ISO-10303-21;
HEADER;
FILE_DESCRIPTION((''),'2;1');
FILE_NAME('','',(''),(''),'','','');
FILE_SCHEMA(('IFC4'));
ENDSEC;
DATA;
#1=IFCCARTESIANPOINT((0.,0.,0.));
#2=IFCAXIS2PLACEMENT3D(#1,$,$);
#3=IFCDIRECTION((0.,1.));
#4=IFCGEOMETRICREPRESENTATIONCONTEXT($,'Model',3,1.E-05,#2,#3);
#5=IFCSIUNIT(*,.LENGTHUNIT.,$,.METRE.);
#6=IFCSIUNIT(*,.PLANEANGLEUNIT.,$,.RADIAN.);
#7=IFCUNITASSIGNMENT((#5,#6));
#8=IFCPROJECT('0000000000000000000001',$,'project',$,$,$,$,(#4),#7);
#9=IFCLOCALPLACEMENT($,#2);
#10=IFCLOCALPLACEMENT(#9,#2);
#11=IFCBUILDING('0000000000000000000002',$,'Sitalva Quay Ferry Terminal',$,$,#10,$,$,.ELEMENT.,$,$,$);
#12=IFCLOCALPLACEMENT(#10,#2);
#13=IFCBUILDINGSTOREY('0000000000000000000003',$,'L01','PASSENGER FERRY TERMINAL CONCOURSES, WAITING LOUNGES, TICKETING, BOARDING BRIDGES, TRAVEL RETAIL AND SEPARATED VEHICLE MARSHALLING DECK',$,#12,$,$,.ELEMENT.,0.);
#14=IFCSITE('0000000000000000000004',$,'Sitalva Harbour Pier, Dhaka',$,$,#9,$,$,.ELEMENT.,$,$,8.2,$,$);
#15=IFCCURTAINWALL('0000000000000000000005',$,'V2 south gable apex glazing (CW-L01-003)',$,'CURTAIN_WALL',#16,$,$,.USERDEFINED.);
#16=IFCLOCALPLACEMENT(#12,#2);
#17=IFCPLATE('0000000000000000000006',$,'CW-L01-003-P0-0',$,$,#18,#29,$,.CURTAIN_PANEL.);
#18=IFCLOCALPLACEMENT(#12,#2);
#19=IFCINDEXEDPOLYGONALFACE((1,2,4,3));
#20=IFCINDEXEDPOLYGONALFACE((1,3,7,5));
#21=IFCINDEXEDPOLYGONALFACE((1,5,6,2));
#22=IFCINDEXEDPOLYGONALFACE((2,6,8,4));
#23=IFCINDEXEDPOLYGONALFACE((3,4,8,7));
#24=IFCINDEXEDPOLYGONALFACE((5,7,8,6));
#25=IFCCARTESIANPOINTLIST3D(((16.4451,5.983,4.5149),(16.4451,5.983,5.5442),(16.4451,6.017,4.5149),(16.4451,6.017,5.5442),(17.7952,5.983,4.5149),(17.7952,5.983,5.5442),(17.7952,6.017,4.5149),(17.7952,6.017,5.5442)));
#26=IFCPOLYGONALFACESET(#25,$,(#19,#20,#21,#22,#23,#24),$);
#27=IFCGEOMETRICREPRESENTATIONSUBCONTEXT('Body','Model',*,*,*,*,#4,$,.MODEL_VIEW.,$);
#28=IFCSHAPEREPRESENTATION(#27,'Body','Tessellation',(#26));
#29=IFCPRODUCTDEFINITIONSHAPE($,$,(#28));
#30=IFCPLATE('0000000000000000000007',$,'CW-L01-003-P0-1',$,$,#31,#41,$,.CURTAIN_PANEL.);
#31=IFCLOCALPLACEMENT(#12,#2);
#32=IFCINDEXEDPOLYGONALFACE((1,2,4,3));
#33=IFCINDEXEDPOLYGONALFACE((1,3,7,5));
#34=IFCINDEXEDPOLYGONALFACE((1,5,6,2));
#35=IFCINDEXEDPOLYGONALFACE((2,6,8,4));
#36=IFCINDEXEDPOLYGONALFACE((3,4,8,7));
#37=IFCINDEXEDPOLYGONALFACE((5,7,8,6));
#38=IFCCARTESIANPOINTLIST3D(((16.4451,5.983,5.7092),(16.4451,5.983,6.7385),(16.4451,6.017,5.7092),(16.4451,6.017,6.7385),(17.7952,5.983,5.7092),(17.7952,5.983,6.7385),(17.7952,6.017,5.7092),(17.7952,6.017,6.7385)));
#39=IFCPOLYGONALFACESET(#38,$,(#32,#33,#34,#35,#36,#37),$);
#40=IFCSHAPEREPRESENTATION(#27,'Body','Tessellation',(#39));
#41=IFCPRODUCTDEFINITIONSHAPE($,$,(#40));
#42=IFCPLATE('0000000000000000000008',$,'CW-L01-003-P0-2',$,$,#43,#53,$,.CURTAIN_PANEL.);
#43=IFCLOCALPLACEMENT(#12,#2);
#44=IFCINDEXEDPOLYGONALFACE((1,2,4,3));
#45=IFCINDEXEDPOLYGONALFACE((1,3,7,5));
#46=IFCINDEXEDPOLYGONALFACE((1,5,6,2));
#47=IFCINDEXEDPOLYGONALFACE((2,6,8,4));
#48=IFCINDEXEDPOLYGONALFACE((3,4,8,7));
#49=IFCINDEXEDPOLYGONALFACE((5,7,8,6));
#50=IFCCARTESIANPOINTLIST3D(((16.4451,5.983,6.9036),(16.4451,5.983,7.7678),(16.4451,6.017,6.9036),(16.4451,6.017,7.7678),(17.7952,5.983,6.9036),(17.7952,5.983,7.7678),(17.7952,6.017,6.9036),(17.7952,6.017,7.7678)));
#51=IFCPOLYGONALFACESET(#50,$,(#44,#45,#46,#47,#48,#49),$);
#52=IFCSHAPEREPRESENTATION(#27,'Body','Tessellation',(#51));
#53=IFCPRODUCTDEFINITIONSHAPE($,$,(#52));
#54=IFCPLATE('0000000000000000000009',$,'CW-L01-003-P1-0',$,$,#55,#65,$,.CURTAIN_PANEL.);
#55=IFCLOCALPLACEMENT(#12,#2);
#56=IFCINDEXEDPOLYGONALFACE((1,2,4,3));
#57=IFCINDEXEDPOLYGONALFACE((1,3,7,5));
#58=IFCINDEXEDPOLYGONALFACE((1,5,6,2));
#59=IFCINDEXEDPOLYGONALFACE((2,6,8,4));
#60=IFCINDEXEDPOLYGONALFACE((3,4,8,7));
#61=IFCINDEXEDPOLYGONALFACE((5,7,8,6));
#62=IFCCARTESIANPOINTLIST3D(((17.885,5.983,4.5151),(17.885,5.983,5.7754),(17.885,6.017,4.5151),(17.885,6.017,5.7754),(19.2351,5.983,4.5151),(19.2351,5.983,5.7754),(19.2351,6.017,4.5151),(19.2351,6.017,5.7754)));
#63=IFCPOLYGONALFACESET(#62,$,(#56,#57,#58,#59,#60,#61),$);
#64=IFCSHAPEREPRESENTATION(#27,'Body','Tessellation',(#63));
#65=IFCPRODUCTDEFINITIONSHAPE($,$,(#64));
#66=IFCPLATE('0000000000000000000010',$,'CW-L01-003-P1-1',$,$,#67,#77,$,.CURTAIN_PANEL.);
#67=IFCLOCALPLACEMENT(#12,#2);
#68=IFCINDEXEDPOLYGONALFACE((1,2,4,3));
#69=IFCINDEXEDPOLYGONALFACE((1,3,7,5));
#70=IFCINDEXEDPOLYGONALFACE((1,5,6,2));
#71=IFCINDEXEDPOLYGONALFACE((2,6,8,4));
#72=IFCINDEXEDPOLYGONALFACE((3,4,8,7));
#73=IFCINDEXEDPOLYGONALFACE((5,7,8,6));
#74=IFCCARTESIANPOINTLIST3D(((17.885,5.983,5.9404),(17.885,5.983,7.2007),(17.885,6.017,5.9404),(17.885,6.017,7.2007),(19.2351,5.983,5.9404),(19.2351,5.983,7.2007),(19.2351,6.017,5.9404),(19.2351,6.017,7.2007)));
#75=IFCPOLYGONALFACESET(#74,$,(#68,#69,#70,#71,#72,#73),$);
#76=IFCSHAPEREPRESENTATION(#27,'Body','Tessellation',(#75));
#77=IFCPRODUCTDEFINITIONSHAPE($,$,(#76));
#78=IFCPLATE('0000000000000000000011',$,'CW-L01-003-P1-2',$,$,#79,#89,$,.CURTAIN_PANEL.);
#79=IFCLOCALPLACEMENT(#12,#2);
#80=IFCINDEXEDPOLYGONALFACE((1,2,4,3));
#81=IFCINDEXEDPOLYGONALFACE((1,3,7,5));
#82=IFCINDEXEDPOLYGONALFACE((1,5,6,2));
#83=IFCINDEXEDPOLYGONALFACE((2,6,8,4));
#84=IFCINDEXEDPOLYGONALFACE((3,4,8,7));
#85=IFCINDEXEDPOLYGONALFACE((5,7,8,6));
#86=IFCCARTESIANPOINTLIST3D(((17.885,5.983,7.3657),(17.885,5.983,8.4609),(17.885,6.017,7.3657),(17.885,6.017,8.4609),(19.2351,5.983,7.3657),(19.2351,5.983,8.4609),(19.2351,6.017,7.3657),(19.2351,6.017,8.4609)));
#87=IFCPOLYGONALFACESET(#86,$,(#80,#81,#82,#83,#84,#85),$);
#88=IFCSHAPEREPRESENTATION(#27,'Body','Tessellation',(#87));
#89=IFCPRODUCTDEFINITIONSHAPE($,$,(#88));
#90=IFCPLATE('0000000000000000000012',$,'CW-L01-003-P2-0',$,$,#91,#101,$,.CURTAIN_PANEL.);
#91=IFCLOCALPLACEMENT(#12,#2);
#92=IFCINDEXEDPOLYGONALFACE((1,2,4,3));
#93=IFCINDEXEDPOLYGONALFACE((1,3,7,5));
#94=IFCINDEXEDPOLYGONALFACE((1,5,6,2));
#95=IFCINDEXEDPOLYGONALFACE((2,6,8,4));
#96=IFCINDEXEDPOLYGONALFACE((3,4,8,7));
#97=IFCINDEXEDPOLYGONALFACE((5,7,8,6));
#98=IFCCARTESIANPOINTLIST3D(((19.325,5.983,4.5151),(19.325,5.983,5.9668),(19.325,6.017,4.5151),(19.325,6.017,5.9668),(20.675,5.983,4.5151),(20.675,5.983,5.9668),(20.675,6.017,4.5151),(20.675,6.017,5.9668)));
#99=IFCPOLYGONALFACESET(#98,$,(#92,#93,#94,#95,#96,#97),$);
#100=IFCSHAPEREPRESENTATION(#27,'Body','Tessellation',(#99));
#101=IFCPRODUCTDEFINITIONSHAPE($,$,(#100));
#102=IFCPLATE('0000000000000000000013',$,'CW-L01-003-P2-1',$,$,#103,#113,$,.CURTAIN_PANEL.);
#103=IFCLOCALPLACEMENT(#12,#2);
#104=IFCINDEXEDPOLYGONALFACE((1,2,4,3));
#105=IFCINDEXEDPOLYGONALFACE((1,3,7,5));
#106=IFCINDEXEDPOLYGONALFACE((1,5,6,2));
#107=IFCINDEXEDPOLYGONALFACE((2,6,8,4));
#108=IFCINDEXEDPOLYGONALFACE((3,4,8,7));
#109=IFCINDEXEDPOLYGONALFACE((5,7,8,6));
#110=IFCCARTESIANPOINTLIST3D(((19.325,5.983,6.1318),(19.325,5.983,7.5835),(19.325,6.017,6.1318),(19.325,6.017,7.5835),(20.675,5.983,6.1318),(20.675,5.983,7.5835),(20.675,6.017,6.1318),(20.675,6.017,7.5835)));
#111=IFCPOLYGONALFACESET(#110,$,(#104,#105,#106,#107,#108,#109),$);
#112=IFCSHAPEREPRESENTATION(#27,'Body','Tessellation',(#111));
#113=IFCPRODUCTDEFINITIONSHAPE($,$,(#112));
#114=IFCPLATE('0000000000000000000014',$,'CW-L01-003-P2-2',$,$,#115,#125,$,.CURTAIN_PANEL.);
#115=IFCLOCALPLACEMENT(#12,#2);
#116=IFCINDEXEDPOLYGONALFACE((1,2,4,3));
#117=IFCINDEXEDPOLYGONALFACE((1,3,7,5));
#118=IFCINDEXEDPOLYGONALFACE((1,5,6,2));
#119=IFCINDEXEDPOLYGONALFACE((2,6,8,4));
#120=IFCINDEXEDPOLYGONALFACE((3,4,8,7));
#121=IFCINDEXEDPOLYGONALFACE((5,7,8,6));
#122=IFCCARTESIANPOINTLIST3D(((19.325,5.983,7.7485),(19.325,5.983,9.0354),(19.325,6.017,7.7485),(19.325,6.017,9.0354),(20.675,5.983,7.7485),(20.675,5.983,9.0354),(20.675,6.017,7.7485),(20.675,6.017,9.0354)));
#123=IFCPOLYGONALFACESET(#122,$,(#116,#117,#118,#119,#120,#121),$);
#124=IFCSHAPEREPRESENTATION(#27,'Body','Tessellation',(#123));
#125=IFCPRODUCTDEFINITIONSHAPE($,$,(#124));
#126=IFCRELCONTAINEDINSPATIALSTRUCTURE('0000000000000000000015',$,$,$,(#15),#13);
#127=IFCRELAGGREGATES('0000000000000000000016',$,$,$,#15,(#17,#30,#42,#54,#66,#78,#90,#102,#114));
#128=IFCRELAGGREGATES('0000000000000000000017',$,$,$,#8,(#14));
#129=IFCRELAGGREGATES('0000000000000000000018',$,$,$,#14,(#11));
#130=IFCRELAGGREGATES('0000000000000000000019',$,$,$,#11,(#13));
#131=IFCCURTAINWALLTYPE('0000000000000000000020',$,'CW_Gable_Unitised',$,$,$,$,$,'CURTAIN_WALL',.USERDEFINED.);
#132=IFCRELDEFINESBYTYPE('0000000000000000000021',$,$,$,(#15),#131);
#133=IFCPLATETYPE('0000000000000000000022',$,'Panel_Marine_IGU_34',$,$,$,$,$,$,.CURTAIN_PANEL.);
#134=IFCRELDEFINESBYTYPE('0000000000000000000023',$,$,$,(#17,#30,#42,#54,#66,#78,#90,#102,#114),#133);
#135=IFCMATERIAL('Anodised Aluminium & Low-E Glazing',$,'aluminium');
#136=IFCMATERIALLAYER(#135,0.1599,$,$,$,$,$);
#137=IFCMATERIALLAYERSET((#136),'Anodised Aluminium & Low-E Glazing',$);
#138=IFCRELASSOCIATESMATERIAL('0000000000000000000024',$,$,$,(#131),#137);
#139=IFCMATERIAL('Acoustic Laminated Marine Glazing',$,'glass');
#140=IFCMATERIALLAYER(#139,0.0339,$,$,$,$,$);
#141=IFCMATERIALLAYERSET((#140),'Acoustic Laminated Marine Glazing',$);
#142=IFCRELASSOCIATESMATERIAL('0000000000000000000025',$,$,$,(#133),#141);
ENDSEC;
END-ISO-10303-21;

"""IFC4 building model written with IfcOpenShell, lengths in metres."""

from ifc_helpers import new_model, si_unit, direction, frame, origin, origin_2d, place, context, subcontext, project, spatial, rectangle, extrude, material, layer, layer_set, type_object, element, aggregate, save


model = new_model("IFC4")

# Units and contexts
model_context = context("Model", 3, precision=1e-05, world=origin(), true_north=direction((0.0, 1.0)))
body_context = subcontext(model_context, "Body", "Model", "MODEL_VIEW")
ifc_project = project(units=[si_unit("LENGTHUNIT", "METRE"), si_unit("PLANEANGLEUNIT", "RADIAN")], contexts=[model_context])

# Site, building, storey
site_placement = place(None, origin())
site = spatial("IfcSite", under=ifc_project, at=site_placement, Name="Sitalva Harbour Pier, Dhaka", CompositionType="ELEMENT", RefElevation=8.2)
building_placement = place(site_placement, origin())
building = spatial("IfcBuilding", under=site, at=building_placement, Name="Sitalva Quay Ferry Terminal", CompositionType="ELEMENT")
storey_placement = place(building_placement, origin())
storey = spatial("IfcBuildingStorey", under=building, at=storey_placement, Name="L01", Description="PASSENGER FERRY TERMINAL CONCOURSES, WAITING LOUNGES, TICKETING, BOARDING BRIDGES, TRAVEL RETAIL AND SEPARATED VEHICLE MARSHALLING DECK", CompositionType="ELEMENT", Elevation=0.0)

# Curtain wall
ifc_material_1 = material(Name="Anodised Aluminium & Low-E Glazing", Category="aluminium")
ifc_layer_1 = layer(ifc_material_1, 0.1599)
ifc_layer_set_1 = layer_set([ifc_layer_1], Name="Anodised Aluminium & Low-E Glazing")
curtain_wall_type_1 = type_object("IfcCurtainWallType", Name="CW_Gable_Unitised", ElementType="CURTAIN_WALL", PredefinedType="USERDEFINED", material=ifc_layer_set_1)
curtain_wall_1_placement = place(storey_placement, origin())
curtain_wall_1 = element("IfcCurtainWall", 1, at=curtain_wall_1_placement, inside=storey, type_object=curtain_wall_type_1, Name="V2 south gable apex glazing (CW-L01-003)", ObjectType="CURTAIN_WALL", PredefinedType="USERDEFINED")

# Plates
ifc_material_2 = material(Name="Acoustic Laminated Marine Glazing", Category="glass")
ifc_layer_2 = layer(ifc_material_2, 0.0339)
ifc_layer_set_2 = layer_set([ifc_layer_2], Name="Acoustic Laminated Marine Glazing")
plate_type = type_object("IfcPlateType", Name="Panel_Marine_IGU_34", PredefinedType="CURTAIN_PANEL", material=ifc_layer_set_2)
plate_1_placement = place(storey_placement, frame((17.1201, 6.0, 4.5149), z_axis=(0.0, 0.0, 1.0), x_axis=(1.0, 0.0, 0.0)))
plate_1 = element("IfcPlate", 2, at=plate_1_placement, type_object=plate_type, Name="CW-L01-003-P0-0", PredefinedType="CURTAIN_PANEL", context=body_context, shape_type="SweptSolid", body=[
    extrude(rectangle(XDim=1.3501, YDim=0.0339, at=origin_2d()), origin(), (0.0, 0.0, 1.0), 1.0293),
])
plate_2_placement = place(storey_placement, frame((17.1201, 6.0, 5.7092), z_axis=(0.0, 0.0, 1.0), x_axis=(1.0, 0.0, 0.0)))
plate_2 = element("IfcPlate", 3, at=plate_2_placement, type_object=plate_type, Name="CW-L01-003-P0-1", PredefinedType="CURTAIN_PANEL", context=body_context, shape_type="SweptSolid", body=[
    extrude(rectangle(XDim=1.3501, YDim=0.0339, at=origin_2d()), origin(), (0.0, 0.0, 1.0), 1.0293),
])
plate_3_placement = place(storey_placement, frame((17.1201, 6.0, 6.9036), z_axis=(0.0, 0.0, 1.0), x_axis=(1.0, 0.0, 0.0)))
plate_3 = element("IfcPlate", 4, at=plate_3_placement, type_object=plate_type, Name="CW-L01-003-P0-2", PredefinedType="CURTAIN_PANEL", context=body_context, shape_type="SweptSolid", body=[
    extrude(rectangle(XDim=1.3501, YDim=0.0339, at=origin_2d()), origin(), (0.0, 0.0, 1.0), 0.8643),
])
plate_4_placement = place(storey_placement, frame((18.5601, 6.0, 4.5151), z_axis=(0.0, 0.0, 1.0), x_axis=(1.0, 0.0, 0.0)))
plate_4 = element("IfcPlate", 5, at=plate_4_placement, type_object=plate_type, Name="CW-L01-003-P1-0", PredefinedType="CURTAIN_PANEL", context=body_context, shape_type="SweptSolid", body=[
    extrude(rectangle(XDim=1.3501, YDim=0.0339, at=origin_2d()), origin(), (0.0, 0.0, 1.0), 1.2603),
])
plate_5_placement = place(storey_placement, frame((18.5601, 6.0, 5.9404), z_axis=(0.0, 0.0, 1.0), x_axis=(1.0, 0.0, 0.0)))
plate_5 = element("IfcPlate", 6, at=plate_5_placement, type_object=plate_type, Name="CW-L01-003-P1-1", PredefinedType="CURTAIN_PANEL", context=body_context, shape_type="SweptSolid", body=[
    extrude(rectangle(XDim=1.3501, YDim=0.0339, at=origin_2d()), origin(), (0.0, 0.0, 1.0), 1.2603),
])
plate_6_placement = place(storey_placement, frame((18.5601, 6.0, 7.3657), z_axis=(0.0, 0.0, 1.0), x_axis=(1.0, 0.0, 0.0)))
plate_6 = element("IfcPlate", 7, at=plate_6_placement, type_object=plate_type, Name="CW-L01-003-P1-2", PredefinedType="CURTAIN_PANEL", context=body_context, shape_type="SweptSolid", body=[
    extrude(rectangle(XDim=1.3501, YDim=0.0339, at=origin_2d()), origin(), (0.0, 0.0, 1.0), 1.0952),
])
plate_7_placement = place(storey_placement, frame((20.0, 6.0, 4.5151), z_axis=(0.0, 0.0, 1.0), x_axis=(1.0, 0.0, 0.0)))
plate_7 = element("IfcPlate", 8, at=plate_7_placement, type_object=plate_type, Name="CW-L01-003-P2-0", PredefinedType="CURTAIN_PANEL", context=body_context, shape_type="SweptSolid", body=[
    extrude(rectangle(XDim=1.3501, YDim=0.0339, at=origin_2d()), origin(), (0.0, 0.0, 1.0), 1.4517),
])
plate_8_placement = place(storey_placement, frame((20.0, 6.0, 6.1318), z_axis=(0.0, 0.0, 1.0), x_axis=(1.0, 0.0, 0.0)))
plate_8 = element("IfcPlate", 9, at=plate_8_placement, type_object=plate_type, Name="CW-L01-003-P2-1", PredefinedType="CURTAIN_PANEL", context=body_context, shape_type="SweptSolid", body=[
    extrude(rectangle(XDim=1.3501, YDim=0.0339, at=origin_2d()), origin(), (0.0, 0.0, 1.0), 1.4517),
])
plate_9_placement = place(storey_placement, frame((20.0, 6.0, 7.7485), z_axis=(0.0, 0.0, 1.0), x_axis=(1.0, 0.0, 0.0)))
plate_9 = element("IfcPlate", 10, at=plate_9_placement, type_object=plate_type, Name="CW-L01-003-P2-2", PredefinedType="CURTAIN_PANEL", context=body_context, shape_type="SweptSolid", body=[
    extrude(rectangle(XDim=1.3501, YDim=0.0339, at=origin_2d()), origin(), (0.0, 0.0, 1.0), 1.2869),
])
aggregate(curtain_wall_1, [plate_1, plate_2, plate_3, plate_4, plate_5, plate_6, plate_7, plate_8, plate_9])

save(model, "model.ifc")
